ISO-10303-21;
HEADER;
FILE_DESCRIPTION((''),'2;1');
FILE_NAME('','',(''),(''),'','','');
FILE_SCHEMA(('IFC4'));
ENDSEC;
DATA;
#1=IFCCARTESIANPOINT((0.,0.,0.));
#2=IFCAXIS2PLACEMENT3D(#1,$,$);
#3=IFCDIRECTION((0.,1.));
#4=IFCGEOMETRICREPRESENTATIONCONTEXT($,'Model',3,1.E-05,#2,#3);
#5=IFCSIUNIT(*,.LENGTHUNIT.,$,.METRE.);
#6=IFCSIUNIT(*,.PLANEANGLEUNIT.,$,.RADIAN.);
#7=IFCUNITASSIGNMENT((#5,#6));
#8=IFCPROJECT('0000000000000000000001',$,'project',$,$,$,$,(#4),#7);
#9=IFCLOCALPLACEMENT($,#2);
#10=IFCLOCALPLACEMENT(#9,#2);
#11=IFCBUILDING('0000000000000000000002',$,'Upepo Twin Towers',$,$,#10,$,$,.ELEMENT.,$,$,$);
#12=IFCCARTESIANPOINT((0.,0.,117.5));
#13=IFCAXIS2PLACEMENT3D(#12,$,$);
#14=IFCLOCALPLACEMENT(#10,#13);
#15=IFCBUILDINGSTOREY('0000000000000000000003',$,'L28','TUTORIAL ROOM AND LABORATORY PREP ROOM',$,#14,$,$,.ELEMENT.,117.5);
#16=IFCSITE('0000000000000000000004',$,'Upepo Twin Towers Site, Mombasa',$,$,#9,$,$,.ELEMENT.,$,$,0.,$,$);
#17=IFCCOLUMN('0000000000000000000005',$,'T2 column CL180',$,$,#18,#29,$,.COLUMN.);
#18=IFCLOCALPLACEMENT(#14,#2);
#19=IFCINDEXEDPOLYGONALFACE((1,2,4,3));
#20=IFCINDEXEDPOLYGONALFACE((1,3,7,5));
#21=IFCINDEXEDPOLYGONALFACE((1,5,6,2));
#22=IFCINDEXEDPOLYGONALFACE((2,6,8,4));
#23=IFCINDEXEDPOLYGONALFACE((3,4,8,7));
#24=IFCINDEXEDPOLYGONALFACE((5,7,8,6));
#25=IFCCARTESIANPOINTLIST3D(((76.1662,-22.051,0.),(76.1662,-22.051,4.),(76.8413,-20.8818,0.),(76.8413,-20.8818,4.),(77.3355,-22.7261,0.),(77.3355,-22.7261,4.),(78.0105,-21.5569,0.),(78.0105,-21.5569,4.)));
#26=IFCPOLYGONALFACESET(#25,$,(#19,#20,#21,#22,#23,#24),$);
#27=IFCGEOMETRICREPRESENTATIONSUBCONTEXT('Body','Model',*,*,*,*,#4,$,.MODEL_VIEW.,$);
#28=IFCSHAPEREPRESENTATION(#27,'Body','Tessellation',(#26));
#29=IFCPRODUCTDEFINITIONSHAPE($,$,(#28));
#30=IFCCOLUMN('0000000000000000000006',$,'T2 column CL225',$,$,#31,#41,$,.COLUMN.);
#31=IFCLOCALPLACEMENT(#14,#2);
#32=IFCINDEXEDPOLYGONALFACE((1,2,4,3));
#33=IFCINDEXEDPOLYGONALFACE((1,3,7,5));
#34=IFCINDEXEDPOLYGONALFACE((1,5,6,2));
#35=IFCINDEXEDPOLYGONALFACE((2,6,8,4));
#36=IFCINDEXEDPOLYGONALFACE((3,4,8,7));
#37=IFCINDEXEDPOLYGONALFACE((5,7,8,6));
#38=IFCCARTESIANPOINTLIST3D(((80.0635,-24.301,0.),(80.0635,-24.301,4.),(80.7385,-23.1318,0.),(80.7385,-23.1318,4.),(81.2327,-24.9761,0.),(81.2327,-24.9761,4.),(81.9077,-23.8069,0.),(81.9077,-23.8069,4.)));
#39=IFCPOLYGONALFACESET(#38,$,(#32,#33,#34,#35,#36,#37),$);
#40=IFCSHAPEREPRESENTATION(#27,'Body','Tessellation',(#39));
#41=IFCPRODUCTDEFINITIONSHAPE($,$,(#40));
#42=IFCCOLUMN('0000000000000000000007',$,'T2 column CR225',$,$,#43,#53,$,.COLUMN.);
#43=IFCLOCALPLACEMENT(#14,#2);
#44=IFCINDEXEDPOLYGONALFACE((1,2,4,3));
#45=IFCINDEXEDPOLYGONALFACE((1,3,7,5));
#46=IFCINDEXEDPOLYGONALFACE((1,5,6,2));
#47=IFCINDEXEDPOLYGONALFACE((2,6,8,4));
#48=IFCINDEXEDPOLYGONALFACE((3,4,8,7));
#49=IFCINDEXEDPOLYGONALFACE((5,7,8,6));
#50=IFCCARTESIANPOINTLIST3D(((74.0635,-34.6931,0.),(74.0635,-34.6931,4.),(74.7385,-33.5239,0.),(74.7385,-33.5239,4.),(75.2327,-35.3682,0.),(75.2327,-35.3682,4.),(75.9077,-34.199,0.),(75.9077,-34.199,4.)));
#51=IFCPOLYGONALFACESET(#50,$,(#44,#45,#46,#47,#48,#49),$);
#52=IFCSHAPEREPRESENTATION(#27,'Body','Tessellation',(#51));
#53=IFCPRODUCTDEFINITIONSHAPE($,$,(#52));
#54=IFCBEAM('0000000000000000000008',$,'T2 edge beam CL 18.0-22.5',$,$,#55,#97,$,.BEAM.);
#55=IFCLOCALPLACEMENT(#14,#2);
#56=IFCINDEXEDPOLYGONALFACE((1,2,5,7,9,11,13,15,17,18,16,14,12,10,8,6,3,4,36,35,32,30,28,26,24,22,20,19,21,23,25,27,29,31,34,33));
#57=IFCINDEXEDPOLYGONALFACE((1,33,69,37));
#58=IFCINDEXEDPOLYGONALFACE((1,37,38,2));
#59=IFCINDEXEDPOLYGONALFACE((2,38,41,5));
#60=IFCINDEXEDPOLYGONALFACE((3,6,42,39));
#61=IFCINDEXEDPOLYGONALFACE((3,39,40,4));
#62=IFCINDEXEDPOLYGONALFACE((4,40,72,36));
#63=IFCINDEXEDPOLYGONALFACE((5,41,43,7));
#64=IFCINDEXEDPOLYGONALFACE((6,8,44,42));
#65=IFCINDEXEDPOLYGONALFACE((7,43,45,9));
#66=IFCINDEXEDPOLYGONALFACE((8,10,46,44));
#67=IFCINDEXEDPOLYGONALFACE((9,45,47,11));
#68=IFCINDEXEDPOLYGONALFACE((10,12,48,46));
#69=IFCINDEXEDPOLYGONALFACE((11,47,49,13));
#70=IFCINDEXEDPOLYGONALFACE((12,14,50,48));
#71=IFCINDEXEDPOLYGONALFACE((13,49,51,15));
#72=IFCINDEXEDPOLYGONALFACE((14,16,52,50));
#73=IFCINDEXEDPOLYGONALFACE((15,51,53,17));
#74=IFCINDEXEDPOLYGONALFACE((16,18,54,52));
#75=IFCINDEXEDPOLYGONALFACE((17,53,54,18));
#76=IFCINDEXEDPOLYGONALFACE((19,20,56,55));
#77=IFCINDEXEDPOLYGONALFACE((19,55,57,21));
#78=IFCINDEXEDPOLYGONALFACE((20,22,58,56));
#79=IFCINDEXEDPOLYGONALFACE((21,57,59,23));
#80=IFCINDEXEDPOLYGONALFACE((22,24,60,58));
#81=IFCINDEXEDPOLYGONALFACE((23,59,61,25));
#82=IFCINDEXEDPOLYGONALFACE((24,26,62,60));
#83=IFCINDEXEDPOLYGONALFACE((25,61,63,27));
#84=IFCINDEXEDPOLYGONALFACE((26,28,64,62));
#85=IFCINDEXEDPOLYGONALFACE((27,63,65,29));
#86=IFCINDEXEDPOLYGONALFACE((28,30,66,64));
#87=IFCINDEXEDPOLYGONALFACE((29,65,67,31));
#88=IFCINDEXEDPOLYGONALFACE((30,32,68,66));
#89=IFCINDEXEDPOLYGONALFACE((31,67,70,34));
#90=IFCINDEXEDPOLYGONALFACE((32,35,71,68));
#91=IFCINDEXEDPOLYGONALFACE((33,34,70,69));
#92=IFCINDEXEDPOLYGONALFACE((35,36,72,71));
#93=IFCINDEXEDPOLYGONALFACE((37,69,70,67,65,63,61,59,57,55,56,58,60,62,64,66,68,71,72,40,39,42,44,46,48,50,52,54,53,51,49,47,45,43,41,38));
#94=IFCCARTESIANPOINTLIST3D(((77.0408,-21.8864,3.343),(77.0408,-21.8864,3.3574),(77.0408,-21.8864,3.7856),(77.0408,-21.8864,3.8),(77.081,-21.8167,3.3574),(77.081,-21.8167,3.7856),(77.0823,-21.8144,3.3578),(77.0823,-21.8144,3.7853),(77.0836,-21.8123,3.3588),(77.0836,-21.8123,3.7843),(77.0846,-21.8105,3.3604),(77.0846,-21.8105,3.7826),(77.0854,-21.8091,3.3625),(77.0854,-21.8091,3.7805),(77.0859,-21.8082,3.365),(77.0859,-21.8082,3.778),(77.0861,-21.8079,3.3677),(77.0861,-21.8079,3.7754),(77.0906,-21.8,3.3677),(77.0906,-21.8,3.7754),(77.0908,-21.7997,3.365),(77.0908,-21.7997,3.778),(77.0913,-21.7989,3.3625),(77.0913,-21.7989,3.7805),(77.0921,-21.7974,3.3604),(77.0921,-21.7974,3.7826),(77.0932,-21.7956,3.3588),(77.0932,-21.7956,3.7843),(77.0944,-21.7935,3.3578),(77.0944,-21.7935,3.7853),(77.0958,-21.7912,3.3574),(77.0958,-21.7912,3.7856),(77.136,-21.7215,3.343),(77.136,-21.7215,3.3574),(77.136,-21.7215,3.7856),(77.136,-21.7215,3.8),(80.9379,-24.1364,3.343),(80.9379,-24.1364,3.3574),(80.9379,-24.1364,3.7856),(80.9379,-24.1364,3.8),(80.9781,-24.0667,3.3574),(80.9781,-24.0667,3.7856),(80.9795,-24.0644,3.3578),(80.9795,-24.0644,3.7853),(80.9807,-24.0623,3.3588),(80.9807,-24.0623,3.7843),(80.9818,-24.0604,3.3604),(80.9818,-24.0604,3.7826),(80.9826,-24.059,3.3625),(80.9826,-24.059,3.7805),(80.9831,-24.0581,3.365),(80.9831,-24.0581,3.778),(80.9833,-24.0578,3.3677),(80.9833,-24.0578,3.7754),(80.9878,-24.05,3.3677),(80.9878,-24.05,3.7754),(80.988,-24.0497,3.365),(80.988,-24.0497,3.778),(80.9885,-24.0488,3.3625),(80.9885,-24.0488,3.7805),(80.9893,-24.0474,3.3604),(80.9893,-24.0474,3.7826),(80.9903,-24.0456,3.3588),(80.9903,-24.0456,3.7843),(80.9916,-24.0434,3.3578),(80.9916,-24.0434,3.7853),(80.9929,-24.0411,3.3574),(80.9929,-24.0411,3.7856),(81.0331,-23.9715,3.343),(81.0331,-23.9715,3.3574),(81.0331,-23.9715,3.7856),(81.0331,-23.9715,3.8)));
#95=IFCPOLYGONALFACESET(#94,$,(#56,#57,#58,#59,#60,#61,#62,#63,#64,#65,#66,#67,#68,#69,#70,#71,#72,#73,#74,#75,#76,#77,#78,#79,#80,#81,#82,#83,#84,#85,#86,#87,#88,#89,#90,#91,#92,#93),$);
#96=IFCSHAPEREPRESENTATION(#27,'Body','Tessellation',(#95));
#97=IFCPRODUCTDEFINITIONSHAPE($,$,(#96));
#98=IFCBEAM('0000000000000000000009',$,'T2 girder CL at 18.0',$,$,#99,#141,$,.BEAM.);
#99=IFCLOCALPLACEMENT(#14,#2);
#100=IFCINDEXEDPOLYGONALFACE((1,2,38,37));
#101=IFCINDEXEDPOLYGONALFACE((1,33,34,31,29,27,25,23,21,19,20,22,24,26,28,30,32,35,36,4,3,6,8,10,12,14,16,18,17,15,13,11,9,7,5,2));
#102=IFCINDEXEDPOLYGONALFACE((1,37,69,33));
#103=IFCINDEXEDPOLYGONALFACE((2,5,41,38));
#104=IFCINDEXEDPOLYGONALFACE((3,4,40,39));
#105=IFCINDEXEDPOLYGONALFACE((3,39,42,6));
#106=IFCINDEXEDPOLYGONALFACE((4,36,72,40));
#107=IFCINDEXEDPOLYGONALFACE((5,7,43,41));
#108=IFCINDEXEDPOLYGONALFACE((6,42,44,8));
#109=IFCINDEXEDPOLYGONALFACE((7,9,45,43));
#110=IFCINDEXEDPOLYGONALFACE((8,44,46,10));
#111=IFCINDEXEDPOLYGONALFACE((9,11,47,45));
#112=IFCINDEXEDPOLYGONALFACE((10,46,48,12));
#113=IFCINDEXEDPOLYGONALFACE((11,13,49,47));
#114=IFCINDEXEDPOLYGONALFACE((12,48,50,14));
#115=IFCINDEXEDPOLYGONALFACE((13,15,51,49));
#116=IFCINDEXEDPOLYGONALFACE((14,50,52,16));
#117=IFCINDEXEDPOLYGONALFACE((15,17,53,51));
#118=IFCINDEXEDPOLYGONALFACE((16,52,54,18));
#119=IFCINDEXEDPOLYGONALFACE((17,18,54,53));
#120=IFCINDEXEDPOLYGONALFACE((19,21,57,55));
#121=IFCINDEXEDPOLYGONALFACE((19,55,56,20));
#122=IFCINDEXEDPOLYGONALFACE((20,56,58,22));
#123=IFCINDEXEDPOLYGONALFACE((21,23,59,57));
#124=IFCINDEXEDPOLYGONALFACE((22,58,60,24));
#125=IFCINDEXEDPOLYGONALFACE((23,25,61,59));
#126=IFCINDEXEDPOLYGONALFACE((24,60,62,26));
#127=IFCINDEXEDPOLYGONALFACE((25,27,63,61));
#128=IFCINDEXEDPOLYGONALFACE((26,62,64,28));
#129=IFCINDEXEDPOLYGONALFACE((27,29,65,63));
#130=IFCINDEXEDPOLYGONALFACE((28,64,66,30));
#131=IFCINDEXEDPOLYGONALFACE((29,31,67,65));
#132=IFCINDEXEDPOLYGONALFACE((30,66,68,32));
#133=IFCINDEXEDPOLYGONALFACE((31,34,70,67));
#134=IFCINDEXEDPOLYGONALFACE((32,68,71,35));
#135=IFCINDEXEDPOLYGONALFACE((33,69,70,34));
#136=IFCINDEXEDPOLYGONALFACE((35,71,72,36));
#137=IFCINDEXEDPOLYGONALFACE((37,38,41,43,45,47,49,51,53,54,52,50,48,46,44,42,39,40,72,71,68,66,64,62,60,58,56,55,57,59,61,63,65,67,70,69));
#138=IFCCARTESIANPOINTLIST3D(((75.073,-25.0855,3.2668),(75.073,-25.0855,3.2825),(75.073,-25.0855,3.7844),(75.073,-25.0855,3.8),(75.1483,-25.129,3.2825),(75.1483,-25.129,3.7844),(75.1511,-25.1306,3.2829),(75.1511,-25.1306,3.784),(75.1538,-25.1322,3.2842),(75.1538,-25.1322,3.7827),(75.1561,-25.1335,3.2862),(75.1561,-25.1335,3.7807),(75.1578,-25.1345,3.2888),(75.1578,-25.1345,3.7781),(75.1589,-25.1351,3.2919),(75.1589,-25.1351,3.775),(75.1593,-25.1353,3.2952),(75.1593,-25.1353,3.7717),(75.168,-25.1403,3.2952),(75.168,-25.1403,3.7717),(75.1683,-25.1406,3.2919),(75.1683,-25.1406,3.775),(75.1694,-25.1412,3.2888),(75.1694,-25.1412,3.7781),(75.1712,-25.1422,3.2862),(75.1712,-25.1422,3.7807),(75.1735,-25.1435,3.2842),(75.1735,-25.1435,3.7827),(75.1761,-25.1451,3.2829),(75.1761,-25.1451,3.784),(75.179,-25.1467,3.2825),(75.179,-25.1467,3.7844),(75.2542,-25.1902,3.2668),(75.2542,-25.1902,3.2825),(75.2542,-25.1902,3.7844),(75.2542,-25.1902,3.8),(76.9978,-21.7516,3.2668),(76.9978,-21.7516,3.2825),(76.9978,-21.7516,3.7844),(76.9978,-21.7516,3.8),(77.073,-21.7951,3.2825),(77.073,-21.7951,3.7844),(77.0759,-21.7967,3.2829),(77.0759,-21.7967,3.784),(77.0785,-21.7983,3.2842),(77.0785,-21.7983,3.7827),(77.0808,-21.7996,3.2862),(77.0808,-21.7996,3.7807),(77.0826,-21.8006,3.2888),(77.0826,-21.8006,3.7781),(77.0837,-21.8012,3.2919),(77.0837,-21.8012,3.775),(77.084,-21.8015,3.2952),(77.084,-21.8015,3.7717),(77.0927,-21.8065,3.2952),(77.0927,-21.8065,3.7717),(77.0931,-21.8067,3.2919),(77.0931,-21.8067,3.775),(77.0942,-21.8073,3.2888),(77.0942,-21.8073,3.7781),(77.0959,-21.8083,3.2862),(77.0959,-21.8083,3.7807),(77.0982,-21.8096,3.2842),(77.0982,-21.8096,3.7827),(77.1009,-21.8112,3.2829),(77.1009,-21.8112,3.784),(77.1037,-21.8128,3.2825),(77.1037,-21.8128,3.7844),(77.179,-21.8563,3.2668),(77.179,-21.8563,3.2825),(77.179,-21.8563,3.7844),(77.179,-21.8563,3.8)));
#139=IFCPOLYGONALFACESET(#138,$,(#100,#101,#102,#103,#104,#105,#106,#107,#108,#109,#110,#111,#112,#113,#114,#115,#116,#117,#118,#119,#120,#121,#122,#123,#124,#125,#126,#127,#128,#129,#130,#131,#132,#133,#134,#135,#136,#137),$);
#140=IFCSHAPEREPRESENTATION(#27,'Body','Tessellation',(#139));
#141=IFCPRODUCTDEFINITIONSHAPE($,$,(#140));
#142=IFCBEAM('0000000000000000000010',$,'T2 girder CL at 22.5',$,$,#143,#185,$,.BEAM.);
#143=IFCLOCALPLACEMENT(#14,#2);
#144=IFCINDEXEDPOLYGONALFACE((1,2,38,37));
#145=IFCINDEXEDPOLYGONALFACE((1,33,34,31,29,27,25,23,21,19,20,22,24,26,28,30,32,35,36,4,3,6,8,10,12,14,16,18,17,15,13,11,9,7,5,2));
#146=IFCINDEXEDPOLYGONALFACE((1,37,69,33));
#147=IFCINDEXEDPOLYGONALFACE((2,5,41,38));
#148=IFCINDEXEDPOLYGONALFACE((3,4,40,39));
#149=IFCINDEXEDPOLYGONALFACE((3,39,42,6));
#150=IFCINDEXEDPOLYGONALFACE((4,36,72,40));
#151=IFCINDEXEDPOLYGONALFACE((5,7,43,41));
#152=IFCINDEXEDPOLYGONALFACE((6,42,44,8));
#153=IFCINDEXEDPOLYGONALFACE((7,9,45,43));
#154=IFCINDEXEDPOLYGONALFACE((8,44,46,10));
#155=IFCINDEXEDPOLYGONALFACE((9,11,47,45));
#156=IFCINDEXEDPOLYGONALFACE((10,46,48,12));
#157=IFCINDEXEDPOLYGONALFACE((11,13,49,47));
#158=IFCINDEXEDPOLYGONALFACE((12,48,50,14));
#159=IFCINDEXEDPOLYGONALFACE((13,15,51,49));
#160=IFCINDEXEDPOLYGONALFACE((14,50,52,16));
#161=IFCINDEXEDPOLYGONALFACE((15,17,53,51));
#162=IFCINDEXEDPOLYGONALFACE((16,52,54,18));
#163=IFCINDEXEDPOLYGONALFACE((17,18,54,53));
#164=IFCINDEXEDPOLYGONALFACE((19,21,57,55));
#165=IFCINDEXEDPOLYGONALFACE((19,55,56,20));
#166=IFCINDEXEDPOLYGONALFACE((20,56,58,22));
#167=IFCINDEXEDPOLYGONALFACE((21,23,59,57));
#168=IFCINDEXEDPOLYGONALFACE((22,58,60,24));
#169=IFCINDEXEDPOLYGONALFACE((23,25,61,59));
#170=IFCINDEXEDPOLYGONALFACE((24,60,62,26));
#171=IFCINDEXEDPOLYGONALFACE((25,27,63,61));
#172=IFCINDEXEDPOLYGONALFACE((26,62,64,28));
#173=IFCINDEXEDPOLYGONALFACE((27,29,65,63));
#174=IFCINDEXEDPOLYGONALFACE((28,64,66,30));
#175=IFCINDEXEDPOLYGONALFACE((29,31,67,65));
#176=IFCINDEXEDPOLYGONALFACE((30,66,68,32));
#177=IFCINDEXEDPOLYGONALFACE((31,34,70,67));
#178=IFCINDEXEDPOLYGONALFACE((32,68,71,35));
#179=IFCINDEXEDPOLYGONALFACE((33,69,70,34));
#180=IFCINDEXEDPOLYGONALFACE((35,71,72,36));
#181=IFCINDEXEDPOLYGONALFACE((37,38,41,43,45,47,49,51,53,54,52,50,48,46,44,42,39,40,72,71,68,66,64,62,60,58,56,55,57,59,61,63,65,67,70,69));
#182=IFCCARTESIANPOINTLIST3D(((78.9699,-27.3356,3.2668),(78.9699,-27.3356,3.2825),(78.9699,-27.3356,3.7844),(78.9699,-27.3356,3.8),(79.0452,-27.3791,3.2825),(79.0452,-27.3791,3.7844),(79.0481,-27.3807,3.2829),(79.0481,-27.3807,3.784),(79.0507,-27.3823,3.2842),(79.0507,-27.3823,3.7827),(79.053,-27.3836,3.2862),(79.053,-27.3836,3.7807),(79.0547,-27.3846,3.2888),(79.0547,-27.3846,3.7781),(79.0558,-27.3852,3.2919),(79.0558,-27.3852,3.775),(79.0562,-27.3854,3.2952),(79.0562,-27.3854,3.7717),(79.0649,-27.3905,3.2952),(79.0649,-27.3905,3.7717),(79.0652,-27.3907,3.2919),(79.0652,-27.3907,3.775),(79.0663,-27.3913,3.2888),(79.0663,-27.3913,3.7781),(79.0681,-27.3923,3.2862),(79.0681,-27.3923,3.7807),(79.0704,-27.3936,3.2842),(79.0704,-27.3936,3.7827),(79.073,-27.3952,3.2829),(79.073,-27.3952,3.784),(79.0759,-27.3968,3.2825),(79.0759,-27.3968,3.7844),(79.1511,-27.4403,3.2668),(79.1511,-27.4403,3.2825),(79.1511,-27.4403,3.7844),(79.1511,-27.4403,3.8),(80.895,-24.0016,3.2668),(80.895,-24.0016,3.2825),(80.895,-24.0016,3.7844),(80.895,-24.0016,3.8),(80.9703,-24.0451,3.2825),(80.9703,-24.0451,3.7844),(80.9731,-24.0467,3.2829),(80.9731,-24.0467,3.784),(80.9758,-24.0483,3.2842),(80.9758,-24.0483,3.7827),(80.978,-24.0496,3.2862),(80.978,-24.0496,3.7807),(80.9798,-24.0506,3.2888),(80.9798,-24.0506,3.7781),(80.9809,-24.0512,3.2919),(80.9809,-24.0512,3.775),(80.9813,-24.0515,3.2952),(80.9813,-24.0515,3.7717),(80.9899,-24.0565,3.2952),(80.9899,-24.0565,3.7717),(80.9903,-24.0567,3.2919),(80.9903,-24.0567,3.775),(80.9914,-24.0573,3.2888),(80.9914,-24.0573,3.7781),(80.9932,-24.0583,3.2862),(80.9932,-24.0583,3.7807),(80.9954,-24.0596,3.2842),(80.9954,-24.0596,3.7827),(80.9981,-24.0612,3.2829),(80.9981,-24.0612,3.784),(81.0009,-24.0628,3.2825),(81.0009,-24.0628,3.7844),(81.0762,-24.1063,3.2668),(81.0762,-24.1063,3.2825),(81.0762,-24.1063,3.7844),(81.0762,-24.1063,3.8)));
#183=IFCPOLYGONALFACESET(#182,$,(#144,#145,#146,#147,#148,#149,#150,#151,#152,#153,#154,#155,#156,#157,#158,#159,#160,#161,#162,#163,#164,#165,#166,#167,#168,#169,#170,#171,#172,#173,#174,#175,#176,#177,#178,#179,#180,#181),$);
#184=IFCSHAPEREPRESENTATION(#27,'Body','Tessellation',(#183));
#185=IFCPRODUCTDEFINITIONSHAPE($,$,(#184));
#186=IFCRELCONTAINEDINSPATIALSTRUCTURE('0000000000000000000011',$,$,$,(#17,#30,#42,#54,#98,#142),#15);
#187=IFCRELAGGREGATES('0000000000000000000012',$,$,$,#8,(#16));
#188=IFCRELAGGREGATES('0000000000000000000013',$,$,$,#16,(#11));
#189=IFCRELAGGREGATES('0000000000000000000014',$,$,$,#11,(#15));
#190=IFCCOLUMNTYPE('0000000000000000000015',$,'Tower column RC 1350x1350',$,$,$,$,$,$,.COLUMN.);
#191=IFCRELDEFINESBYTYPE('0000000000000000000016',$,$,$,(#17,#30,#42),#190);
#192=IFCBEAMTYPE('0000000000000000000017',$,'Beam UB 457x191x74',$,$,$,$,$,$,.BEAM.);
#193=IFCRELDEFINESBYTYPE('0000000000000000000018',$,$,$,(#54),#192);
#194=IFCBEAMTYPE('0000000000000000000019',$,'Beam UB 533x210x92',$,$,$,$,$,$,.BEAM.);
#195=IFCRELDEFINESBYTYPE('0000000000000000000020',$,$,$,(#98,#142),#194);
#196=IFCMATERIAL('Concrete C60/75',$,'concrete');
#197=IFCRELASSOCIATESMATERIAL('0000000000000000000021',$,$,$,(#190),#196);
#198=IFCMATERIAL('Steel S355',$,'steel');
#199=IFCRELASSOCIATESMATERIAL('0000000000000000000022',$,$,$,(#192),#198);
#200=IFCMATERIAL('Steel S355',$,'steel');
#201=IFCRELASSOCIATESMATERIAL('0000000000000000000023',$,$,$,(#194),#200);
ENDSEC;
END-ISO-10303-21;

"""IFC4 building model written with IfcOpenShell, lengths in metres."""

from ifc_helpers import new_model, si_unit, direction, frame, origin, origin_2d, place, context, subcontext, project, spatial, rectangle, i_section, extrude, material, material_profile, profile_set, type_object, element, save


model = new_model("IFC4")

# Units and contexts
model_context = context("Model", 3, precision=1e-05, world=origin(), true_north=direction((0.0, 1.0)))
body_context = subcontext(model_context, "Body", "Model", "MODEL_VIEW")
ifc_project = project(units=[si_unit("LENGTHUNIT", "METRE"), si_unit("PLANEANGLEUNIT", "RADIAN")], contexts=[model_context])

# Site, building, storey
site_placement = place(None, origin())
site = spatial("IfcSite", under=ifc_project, at=site_placement, Name="Upepo Twin Towers Site, Mombasa", CompositionType="ELEMENT", RefElevation=0.0)
building_placement = place(site_placement, origin())
building = spatial("IfcBuilding", under=site, at=building_placement, Name="Upepo Twin Towers", CompositionType="ELEMENT")
storey_placement = place(building_placement, frame((0.0, 0.0, 117.5)))
storey = spatial("IfcBuildingStorey", under=building, at=storey_placement, Name="L28", Description="TUTORIAL ROOM AND LABORATORY PREP ROOM", CompositionType="ELEMENT", Elevation=117.5)

# Columns
ifc_material_1 = material(Name="Concrete C60/75", Category="concrete")
ifc_material_profile_1 = material_profile(ifc_material_1, rectangle(XDim=1.3501, YDim=1.3501, at=origin_2d()), Name="RC 1350x1350")
ifc_profile_set_1 = profile_set([ifc_material_profile_1], Name="Concrete C60/75")
column_type = type_object("IfcColumnType", Name="Tower column RC 1350x1350", PredefinedType="COLUMN", material=ifc_profile_set_1)
for number, where, z_axis, x_axis, name in (
    (1, (77.0884, -21.804, 0.0), (0.0, 0.0, 1.0), (0.5, 0.866025, 0.0), "T2 column CL180"),
    (2, (80.9856, -24.054, 0.0), (0.0, 0.0, 1.0), (0.5, 0.866025, 0.0), "T2 column CL225"),
    (3, (74.9856, -34.446, 0.0), (0.0, 0.0, 1.0), (0.5, 0.866025, 0.0), "T2 column CR225"),
):
    element("IfcColumn", number, at=place(storey_placement, frame(where, z_axis=z_axis, x_axis=x_axis)), inside=storey, type_object=column_type, Name=name, PredefinedType="COLUMN", context=body_context, shape_type="SweptSolid", body=[
        extrude(rectangle(XDim=1.3501, YDim=1.3501, at=origin_2d()), origin(), (0.0, 0.0, 1.0), 4.0),
    ])

# Beams
ifc_material_2 = material(Name="Steel S355", Category="steel")
ifc_material_profile_2 = material_profile(ifc_material_2, i_section(OverallWidth=0.1904, OverallDepth=0.457, WebThickness=0.009, FlangeThickness=0.0144, FilletRadius=0.0103, at=origin_2d()), Name="UB 457x191x74")
ifc_profile_set_2 = profile_set([ifc_material_profile_2], Name="Steel S355")
beam_type_1 = type_object("IfcBeamType", Name="Beam UB 457x191x74", PredefinedType="BEAM", material=ifc_profile_set_2)
beam_1_placement = place(storey_placement, frame((77.0884, -21.804, 3.5715), z_axis=(0.866031, -0.49999, 0.0), x_axis=(0.49999, 0.866031, 0.0)))
element("IfcBeam", 4, at=beam_1_placement, inside=storey, type_object=beam_type_1, Name="T2 edge beam CL 18.0-22.5", PredefinedType="BEAM", context=body_context, shape_type="SweptSolid", body=[
    extrude(i_section(OverallWidth=0.1904, OverallDepth=0.457, WebThickness=0.009, FlangeThickness=0.0144, FilletRadius=0.0103, at=origin_2d()), origin(), (0.0, 0.0, 1.0), 4.5),
])
ifc_material_3 = material(Name="Steel S355", Category="steel")
ifc_material_profile_3 = material_profile(ifc_material_3, i_section(OverallWidth=0.2092, OverallDepth=0.5332, WebThickness=0.01, FlangeThickness=0.0156, FilletRadius=0.0127, at=origin_2d()), Name="UB 533x210x92")
ifc_profile_set_3 = profile_set([ifc_material_profile_3], Name="Steel S355")
beam_type_2 = type_object("IfcBeamType", Name="Beam UB 533x210x92", PredefinedType="BEAM", material=ifc_profile_set_3)
beam_2_placement = place(storey_placement, frame((77.0884, -21.804, 3.5334), z_axis=(-0.499986, -0.866034, 0.0), x_axis=(0.866034, -0.499986, 0.0)))
element("IfcBeam", 5, at=beam_2_placement, inside=storey, type_object=beam_type_2, Name="T2 girder CL at 18.0", PredefinedType="BEAM", context=body_context, shape_type="SweptSolid", body=[
    extrude(i_section(OverallWidth=0.2092, OverallDepth=0.5332, WebThickness=0.01, FlangeThickness=0.0156, FilletRadius=0.0127, at=origin_2d()), origin(), (0.0, 0.0, 1.0), 3.8496),
])
for number, where, z_axis, x_axis, name in (
    (6, (80.9856, -24.054, 3.5334), (-0.500034, -0.866006, 0.0), (0.866006, -0.500034, 0.0), "T2 girder CL at 22.5"),
):
    element("IfcBeam", number, at=place(storey_placement, frame(where, z_axis=z_axis, x_axis=x_axis)), inside=storey, type_object=beam_type_2, Name=name, PredefinedType="BEAM", context=body_context, shape_type="SweptSolid", body=[
        extrude(i_section(OverallWidth=0.2092, OverallDepth=0.5332, WebThickness=0.01, FlangeThickness=0.0156, FilletRadius=0.0127, at=origin_2d()), origin(), (0.0, 0.0, 1.0), 3.8499),
    ])

save(model, "model.ifc")
